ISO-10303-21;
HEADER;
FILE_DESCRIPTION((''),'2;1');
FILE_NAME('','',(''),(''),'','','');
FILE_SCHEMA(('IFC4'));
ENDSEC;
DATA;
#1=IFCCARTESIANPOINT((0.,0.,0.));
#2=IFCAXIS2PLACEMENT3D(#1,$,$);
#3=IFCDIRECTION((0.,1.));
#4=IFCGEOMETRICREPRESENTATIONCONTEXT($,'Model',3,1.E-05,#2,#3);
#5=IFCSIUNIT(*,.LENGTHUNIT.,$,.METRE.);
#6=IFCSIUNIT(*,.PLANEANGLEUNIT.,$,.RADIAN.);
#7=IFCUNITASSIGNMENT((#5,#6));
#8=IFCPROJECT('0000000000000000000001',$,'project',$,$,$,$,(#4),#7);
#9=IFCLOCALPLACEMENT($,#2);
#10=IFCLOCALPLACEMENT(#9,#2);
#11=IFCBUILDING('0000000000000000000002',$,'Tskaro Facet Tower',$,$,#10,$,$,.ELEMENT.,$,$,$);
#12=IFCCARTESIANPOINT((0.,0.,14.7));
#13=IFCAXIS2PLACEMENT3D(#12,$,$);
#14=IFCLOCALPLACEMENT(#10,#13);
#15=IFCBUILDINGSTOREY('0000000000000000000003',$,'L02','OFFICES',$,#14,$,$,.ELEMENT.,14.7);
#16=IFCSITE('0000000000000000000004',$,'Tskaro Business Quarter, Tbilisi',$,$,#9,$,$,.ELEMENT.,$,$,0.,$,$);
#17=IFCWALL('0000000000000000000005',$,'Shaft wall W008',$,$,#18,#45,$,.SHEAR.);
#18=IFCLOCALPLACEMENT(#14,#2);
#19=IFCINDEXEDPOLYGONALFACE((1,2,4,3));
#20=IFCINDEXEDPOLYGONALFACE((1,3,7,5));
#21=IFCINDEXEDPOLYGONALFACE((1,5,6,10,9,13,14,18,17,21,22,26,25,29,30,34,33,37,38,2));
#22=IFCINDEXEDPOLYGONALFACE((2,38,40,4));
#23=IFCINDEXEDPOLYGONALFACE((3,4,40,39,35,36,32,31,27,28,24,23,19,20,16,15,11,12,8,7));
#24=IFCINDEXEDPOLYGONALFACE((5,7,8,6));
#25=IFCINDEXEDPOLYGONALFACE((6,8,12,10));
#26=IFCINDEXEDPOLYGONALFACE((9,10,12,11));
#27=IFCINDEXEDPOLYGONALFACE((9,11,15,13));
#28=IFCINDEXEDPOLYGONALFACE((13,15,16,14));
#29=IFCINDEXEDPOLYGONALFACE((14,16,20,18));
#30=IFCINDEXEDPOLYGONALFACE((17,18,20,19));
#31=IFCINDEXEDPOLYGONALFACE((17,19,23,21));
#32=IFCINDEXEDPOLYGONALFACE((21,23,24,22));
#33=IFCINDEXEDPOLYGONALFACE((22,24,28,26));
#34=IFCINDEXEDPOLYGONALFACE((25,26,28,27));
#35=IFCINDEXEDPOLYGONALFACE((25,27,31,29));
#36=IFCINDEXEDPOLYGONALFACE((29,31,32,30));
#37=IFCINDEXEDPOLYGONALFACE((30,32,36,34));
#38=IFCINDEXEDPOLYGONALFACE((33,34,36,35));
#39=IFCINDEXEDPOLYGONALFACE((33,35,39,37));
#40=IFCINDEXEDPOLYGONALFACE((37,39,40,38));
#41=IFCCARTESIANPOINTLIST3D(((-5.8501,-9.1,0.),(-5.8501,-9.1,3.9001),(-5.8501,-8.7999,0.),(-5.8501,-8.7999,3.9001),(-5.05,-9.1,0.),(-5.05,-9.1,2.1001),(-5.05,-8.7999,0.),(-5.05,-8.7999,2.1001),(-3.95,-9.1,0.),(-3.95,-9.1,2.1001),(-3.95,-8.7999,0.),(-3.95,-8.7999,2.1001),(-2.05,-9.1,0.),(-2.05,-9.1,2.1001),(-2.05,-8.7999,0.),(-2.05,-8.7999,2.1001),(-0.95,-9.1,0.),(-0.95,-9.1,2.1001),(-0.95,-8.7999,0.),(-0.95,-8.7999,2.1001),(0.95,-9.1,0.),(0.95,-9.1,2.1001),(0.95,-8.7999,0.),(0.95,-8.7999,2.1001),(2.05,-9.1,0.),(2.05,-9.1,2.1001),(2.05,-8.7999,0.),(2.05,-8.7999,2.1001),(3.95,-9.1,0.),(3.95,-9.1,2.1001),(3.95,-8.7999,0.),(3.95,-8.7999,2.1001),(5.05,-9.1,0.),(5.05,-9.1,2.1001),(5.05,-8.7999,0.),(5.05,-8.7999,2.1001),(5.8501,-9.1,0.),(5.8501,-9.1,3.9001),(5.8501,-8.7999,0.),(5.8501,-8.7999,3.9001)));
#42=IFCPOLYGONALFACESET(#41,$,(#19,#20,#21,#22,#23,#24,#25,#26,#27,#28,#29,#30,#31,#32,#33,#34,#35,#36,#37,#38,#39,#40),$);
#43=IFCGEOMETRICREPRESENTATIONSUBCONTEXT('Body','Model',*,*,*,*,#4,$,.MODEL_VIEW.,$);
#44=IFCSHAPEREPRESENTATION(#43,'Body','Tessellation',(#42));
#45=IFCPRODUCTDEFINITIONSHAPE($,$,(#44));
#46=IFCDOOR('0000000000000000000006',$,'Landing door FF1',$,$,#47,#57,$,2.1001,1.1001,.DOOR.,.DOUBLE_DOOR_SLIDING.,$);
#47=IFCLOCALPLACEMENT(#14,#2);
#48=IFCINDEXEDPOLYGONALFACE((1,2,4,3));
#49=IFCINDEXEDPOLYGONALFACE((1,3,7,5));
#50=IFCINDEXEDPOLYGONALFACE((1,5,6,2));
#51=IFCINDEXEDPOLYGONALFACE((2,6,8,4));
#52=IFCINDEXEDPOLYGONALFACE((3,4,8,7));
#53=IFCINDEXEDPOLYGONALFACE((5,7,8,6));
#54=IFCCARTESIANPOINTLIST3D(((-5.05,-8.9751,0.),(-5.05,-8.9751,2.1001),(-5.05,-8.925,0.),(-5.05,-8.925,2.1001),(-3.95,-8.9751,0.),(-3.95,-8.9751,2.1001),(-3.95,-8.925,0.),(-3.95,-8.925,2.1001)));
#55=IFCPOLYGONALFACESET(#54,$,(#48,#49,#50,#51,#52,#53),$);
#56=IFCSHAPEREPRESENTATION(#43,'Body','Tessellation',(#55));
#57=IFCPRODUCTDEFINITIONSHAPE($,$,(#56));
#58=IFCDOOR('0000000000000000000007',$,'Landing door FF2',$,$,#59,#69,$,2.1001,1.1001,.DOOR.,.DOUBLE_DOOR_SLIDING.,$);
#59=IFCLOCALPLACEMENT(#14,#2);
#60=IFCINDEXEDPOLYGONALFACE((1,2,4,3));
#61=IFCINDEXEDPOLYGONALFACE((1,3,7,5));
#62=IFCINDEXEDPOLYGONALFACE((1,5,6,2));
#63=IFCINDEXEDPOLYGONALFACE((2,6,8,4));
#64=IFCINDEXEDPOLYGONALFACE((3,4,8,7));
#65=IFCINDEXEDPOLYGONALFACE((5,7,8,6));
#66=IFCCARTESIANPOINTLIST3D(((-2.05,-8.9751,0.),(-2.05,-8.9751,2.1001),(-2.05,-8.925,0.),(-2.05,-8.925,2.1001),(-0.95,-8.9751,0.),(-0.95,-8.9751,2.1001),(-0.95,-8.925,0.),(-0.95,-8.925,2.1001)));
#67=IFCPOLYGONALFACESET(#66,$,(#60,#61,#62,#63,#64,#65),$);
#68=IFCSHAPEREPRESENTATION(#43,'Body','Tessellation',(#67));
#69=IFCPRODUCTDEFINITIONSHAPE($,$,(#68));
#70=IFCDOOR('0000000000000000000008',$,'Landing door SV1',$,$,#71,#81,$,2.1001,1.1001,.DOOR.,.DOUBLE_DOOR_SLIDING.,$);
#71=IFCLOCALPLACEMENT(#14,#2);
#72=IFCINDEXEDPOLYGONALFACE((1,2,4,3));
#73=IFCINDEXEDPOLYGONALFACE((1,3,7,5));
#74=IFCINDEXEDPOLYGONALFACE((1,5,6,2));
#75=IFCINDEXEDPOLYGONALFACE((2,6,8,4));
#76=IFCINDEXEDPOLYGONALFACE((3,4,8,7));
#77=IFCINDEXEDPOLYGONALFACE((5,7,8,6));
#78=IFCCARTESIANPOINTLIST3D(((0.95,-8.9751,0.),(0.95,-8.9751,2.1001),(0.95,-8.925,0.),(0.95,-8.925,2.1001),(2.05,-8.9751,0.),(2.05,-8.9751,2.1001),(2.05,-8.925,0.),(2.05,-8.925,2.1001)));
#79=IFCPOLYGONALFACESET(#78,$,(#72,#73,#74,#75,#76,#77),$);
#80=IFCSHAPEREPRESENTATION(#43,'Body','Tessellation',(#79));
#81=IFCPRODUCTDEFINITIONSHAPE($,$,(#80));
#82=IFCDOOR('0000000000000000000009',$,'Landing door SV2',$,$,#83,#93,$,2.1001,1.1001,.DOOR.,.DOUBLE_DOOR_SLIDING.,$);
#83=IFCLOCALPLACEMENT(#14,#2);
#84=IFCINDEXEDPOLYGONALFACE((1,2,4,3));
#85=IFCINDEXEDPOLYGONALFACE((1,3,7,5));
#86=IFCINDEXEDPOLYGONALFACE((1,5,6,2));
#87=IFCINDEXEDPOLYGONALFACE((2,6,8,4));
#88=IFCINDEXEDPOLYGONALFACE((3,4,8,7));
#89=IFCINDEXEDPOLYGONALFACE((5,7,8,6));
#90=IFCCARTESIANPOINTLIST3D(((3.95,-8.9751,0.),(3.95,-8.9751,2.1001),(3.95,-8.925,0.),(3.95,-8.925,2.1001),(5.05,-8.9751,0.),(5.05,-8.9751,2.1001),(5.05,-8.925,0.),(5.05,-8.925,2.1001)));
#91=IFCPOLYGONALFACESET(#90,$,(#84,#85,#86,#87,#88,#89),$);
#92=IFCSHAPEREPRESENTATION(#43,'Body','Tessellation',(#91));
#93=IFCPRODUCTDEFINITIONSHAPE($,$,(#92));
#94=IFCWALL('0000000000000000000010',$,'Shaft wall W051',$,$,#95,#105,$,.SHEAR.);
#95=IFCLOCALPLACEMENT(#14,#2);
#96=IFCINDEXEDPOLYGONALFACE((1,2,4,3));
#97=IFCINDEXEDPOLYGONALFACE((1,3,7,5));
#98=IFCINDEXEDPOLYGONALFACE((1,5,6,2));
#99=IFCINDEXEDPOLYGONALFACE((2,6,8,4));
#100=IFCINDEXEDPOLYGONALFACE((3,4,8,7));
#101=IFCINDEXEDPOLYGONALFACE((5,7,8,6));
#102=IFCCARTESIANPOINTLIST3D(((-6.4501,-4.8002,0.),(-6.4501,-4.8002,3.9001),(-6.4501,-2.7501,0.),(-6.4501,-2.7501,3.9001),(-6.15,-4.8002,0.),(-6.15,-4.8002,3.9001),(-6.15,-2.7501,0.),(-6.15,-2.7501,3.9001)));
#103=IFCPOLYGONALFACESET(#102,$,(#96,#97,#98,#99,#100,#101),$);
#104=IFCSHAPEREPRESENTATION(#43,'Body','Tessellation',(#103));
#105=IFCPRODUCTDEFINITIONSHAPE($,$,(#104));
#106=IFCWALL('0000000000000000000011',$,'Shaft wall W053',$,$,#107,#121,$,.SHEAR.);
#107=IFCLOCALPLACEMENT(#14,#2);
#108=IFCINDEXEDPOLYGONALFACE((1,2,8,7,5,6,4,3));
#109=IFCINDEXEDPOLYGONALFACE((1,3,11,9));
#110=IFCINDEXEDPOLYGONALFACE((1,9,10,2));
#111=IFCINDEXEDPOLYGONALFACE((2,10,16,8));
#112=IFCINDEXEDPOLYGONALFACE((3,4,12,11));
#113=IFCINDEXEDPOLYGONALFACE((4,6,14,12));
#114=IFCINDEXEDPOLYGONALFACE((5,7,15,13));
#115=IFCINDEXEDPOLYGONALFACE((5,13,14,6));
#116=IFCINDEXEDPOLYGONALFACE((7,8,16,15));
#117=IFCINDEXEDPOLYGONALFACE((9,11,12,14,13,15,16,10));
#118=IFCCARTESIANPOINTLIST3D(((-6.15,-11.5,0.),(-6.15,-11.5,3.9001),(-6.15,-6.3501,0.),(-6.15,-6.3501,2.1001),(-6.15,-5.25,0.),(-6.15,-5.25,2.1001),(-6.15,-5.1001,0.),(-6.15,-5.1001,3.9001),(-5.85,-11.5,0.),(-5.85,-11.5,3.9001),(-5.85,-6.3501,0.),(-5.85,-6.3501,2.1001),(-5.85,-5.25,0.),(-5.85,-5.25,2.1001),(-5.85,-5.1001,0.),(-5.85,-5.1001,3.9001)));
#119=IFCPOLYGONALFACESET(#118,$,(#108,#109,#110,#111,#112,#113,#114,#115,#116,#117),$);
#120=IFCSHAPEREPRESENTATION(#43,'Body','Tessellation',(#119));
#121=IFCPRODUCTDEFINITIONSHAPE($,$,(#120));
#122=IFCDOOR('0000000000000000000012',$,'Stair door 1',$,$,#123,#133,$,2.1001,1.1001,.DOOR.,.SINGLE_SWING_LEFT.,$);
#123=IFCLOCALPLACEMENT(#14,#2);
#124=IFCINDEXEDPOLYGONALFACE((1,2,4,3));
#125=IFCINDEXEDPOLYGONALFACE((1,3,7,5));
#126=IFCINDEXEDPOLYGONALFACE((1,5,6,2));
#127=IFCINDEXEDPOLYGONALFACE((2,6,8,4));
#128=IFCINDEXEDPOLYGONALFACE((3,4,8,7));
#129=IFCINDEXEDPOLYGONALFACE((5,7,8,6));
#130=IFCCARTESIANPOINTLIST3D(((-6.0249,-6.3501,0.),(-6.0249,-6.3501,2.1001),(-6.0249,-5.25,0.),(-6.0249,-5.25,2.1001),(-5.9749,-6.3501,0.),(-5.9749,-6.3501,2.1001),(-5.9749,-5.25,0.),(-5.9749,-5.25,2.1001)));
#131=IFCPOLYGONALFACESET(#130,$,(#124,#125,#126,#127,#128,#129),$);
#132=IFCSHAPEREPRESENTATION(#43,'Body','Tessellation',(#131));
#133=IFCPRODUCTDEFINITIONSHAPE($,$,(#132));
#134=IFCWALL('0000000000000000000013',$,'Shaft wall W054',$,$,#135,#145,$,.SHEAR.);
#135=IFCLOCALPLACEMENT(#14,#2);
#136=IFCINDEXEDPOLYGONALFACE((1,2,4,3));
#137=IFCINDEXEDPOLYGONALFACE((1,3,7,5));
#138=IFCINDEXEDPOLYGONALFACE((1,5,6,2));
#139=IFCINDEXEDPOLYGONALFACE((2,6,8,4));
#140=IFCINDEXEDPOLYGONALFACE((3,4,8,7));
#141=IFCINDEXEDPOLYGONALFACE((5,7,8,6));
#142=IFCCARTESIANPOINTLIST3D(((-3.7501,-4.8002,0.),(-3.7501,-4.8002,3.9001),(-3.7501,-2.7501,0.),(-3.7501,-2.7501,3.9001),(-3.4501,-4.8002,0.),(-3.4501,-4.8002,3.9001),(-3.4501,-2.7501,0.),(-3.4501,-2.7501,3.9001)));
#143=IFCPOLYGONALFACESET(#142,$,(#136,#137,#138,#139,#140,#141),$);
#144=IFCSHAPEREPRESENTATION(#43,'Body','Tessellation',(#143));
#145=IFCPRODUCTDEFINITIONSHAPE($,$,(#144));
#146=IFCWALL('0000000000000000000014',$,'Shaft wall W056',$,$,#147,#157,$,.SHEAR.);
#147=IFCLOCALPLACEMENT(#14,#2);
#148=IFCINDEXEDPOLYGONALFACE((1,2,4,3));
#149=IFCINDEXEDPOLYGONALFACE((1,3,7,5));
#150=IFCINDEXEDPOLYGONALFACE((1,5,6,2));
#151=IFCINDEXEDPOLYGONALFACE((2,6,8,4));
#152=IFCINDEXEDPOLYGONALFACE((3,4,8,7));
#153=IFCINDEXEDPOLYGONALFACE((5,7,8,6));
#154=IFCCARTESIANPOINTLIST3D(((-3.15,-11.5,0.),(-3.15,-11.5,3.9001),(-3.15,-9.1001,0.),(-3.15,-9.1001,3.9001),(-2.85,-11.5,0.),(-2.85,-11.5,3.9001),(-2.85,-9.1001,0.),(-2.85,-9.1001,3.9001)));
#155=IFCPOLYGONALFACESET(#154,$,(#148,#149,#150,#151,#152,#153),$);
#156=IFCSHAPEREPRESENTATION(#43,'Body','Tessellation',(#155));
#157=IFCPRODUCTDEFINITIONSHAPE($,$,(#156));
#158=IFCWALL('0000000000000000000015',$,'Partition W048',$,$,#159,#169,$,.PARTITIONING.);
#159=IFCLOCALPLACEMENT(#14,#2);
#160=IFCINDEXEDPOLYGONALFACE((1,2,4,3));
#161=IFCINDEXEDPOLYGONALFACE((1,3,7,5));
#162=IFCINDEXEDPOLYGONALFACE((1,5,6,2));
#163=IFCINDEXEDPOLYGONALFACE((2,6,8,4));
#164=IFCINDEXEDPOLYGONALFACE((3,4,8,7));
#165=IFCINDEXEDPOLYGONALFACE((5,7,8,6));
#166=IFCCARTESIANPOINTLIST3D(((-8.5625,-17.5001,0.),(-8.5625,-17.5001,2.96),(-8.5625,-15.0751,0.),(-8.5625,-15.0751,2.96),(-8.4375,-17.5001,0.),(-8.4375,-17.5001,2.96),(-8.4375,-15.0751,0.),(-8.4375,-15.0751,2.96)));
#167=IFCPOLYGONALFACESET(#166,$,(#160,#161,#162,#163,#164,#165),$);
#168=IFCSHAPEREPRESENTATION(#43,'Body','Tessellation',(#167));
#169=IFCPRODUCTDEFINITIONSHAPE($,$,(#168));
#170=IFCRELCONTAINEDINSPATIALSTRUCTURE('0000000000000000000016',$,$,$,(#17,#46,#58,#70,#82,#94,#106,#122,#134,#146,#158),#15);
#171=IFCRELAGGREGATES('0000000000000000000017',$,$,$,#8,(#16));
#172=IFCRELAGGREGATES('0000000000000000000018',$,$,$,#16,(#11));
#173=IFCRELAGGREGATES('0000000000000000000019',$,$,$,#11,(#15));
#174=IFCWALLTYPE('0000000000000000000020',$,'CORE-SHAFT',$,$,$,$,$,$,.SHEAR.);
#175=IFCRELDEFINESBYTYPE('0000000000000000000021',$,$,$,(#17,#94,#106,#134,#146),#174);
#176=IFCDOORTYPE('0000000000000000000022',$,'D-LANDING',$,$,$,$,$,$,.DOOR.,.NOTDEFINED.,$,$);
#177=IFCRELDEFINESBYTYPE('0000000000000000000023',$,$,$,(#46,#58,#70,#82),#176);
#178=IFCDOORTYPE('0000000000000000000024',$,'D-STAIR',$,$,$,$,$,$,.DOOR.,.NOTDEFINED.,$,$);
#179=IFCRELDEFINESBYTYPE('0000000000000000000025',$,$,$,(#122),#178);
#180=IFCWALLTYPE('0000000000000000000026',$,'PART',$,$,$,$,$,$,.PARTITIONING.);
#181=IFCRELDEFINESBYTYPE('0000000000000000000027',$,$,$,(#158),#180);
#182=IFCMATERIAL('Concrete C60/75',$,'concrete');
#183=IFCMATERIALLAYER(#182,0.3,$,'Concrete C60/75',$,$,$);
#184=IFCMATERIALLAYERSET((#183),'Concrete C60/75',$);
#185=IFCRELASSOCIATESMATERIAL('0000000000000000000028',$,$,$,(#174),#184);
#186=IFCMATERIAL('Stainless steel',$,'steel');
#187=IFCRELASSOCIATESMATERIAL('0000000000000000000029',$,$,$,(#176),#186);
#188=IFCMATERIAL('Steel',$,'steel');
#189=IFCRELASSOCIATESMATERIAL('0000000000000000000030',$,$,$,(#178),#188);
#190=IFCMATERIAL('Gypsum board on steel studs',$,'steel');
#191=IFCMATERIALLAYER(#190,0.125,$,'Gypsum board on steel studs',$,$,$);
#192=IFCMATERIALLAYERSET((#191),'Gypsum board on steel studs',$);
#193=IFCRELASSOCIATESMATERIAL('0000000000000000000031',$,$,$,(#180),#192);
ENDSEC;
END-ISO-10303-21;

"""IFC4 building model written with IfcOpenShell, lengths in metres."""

from ifc_helpers import new_model, si_unit, direction, frame, frame_2d, origin, place, context, subcontext, project, spatial, rectangle, extrude, material, layer, layer_set, type_object, element, fill, save


model = new_model("IFC4")

# Units and contexts
model_context = context("Model", 3, precision=1e-05, world=origin(), true_north=direction((0.0, 1.0)))
body_context = subcontext(model_context, "Body", "Model", "MODEL_VIEW")
ifc_project = project(units=[si_unit("LENGTHUNIT", "METRE"), si_unit("PLANEANGLEUNIT", "RADIAN")], contexts=[model_context])

# Site, building, storey
site_placement = place(None, origin())
site = spatial("IfcSite", under=ifc_project, at=site_placement, Name="Tskaro Business Quarter, Tbilisi", CompositionType="ELEMENT", RefElevation=0.0)
building_placement = place(site_placement, origin())
building = spatial("IfcBuilding", under=site, at=building_placement, Name="Tskaro Facet Tower", CompositionType="ELEMENT")
storey_placement = place(building_placement, frame((0.0, 0.0, 14.7)))
storey = spatial("IfcBuildingStorey", under=building, at=storey_placement, Name="L02", Description="OFFICES", CompositionType="ELEMENT", Elevation=14.7)

# Wall, openings, doors
ifc_material_1 = material(Name="Concrete C60/75", Category="concrete")
ifc_layer_1 = layer(ifc_material_1, 0.3, Name="Concrete C60/75")
ifc_layer_set_1 = layer_set([ifc_layer_1], Name="Concrete C60/75")
wall_type_1 = type_object("IfcWallType", Name="CORE-SHAFT", PredefinedType="SHEAR", material=ifc_layer_set_1)
wall_1_placement = place(storey_placement, frame((-5.8501, -8.95, 0.0), z_axis=(0.0, 0.0, 1.0), x_axis=(1.0, 0.0, 0.0)))
wall_1 = element("IfcWall", 1, at=wall_1_placement, inside=storey, type_object=wall_type_1, Name="Shaft wall W008", PredefinedType="SHEAR", context=body_context, shape_type="SweptSolid", body=[
    extrude(rectangle(XDim=11.7002, YDim=0.3, at=frame_2d((5.8501, 0.0))), origin(), (0.0, 0.0, 1.0), 3.9001),
])
opening_1_placement = place(wall_1_placement, frame((0.8, 0.0, 0.0)))
opening_1 = element("IfcOpeningElement", 2, at=opening_1_placement, cuts=wall_1, PredefinedType="OPENING", context=body_context, shape_type="SweptSolid", body=[
    extrude(rectangle(XDim=1.1001, YDim=2.1001, at=frame_2d((0.55, 1.05))), frame((0.0, 0.1599, 0.0), z_axis=(0.0, -1.0, 0.0), x_axis=(1.0, 0.0, 0.0)), (0.0, 0.0, 1.0), 0.3201),
])
opening_2_placement = place(wall_1_placement, frame((3.8, 0.0, 0.0)))
opening_2 = element("IfcOpeningElement", 3, at=opening_2_placement, cuts=wall_1, PredefinedType="OPENING", context=body_context, shape_type="SweptSolid", body=[
    extrude(rectangle(XDim=1.1001, YDim=2.1001, at=frame_2d((0.55, 1.05))), frame((0.0, 0.1599, 0.0), z_axis=(0.0, -1.0, 0.0), x_axis=(1.0, 0.0, 0.0)), (0.0, 0.0, 1.0), 0.3201),
])
opening_3_placement = place(wall_1_placement, frame((6.8, 0.0, 0.0)))
opening_3 = element("IfcOpeningElement", 4, at=opening_3_placement, cuts=wall_1, PredefinedType="OPENING", context=body_context, shape_type="SweptSolid", body=[
    extrude(rectangle(XDim=1.1001, YDim=2.1001, at=frame_2d((0.55, 1.05))), frame((0.0, 0.1599, 0.0), z_axis=(0.0, -1.0, 0.0), x_axis=(1.0, 0.0, 0.0)), (0.0, 0.0, 1.0), 0.3201),
])
opening_4_placement = place(wall_1_placement, frame((9.8, 0.0, 0.0)))
opening_4 = element("IfcOpeningElement", 5, at=opening_4_placement, cuts=wall_1, PredefinedType="OPENING", context=body_context, shape_type="SweptSolid", body=[
    extrude(rectangle(XDim=1.1001, YDim=2.1001, at=frame_2d((0.55, 1.05))), frame((0.0, 0.1599, 0.0), z_axis=(0.0, -1.0, 0.0), x_axis=(1.0, 0.0, 0.0)), (0.0, 0.0, 1.0), 0.3201),
])
ifc_material_2 = material(Name="Stainless steel", Category="steel")
door_type_1 = type_object("IfcDoorType", Name="D-LANDING", OperationType="NOTDEFINED", PredefinedType="DOOR", material=ifc_material_2)
door_1_placement = place(opening_1_placement, origin())
door_1 = element("IfcDoor", 6, at=door_1_placement, inside=storey, type_object=door_type_1, Name="Landing door FF1", OperationType="DOUBLE_DOOR_SLIDING", OverallHeight=2.1001, OverallWidth=1.1001, PredefinedType="DOOR", context=body_context, shape_type="SweptSolid", body=[
    extrude(rectangle(XDim=1.1001, YDim=2.1001, at=frame_2d((0.55, 1.05))), frame((0.0, 0.0249, 0.0), z_axis=(0.0, -1.0, 0.0), x_axis=(1.0, 0.0, 0.0)), (0.0, 0.0, 1.0), 0.05),
])
fill(opening_1, door_1)
door_2_placement = place(opening_2_placement, origin())
door_2 = element("IfcDoor", 7, at=door_2_placement, inside=storey, type_object=door_type_1, Name="Landing door FF2", OperationType="DOUBLE_DOOR_SLIDING", OverallHeight=2.1001, OverallWidth=1.1001, PredefinedType="DOOR", context=body_context, shape_type="SweptSolid", body=[
    extrude(rectangle(XDim=1.1001, YDim=2.1001, at=frame_2d((0.55, 1.05))), frame((0.0, 0.0249, 0.0), z_axis=(0.0, -1.0, 0.0), x_axis=(1.0, 0.0, 0.0)), (0.0, 0.0, 1.0), 0.05),
])
fill(opening_2, door_2)
door_3_placement = place(opening_3_placement, origin())
door_3 = element("IfcDoor", 8, at=door_3_placement, inside=storey, type_object=door_type_1, Name="Landing door SV1", OperationType="DOUBLE_DOOR_SLIDING", OverallHeight=2.1001, OverallWidth=1.1001, PredefinedType="DOOR", context=body_context, shape_type="SweptSolid", body=[
    extrude(rectangle(XDim=1.1001, YDim=2.1001, at=frame_2d((0.55, 1.05))), frame((0.0, 0.0249, 0.0), z_axis=(0.0, -1.0, 0.0), x_axis=(1.0, 0.0, 0.0)), (0.0, 0.0, 1.0), 0.05),
])
fill(opening_3, door_3)
door_4_placement = place(opening_4_placement, origin())
door_4 = element("IfcDoor", 9, at=door_4_placement, inside=storey, type_object=door_type_1, Name="Landing door SV2", OperationType="DOUBLE_DOOR_SLIDING", OverallHeight=2.1001, OverallWidth=1.1001, PredefinedType="DOOR", context=body_context, shape_type="SweptSolid", body=[
    extrude(rectangle(XDim=1.1001, YDim=2.1001, at=frame_2d((0.55, 1.05))), frame((0.0, 0.0249, 0.0), z_axis=(0.0, -1.0, 0.0), x_axis=(1.0, 0.0, 0.0)), (0.0, 0.0, 1.0), 0.05),
])
fill(opening_4, door_4)

# Wall
wall_2_placement = place(storey_placement, frame((-6.3, -4.8, 0.0), z_axis=(0.0, 0.0, 1.0), x_axis=(0.0, 1.0, 0.0)))
element("IfcWall", 10, at=wall_2_placement, inside=storey, type_object=wall_type_1, Name="Shaft wall W051", PredefinedType="SHEAR", context=body_context, shape_type="SweptSolid", body=[
    extrude(rectangle(XDim=2.05, YDim=0.3, at=frame_2d((1.0249, 0.0))), origin(), (0.0, 0.0, 1.0), 3.9001),
])

# Wall, opening, door
wall_3_placement = place(storey_placement, frame((-6.0, -11.5, 0.0), z_axis=(0.0, 0.0, 1.0), x_axis=(0.0, 1.0, 0.0)))
wall_3 = element("IfcWall", 11, at=wall_3_placement, inside=storey, type_object=wall_type_1, Name="Shaft wall W053", PredefinedType="SHEAR", context=body_context, shape_type="SweptSolid", body=[
    extrude(rectangle(XDim=6.3999, YDim=0.3, at=frame_2d((3.2, 0.0))), origin(), (0.0, 0.0, 1.0), 3.9001),
])
opening_5_placement = place(wall_3_placement, frame((5.1499, 0.0, 0.0)))
opening_5 = element("IfcOpeningElement", 12, at=opening_5_placement, cuts=wall_3, PredefinedType="OPENING", context=body_context, shape_type="SweptSolid", body=[
    extrude(rectangle(XDim=1.1001, YDim=2.1001, at=frame_2d((0.55, 1.05))), frame((0.0, 0.1599, 0.0), z_axis=(0.0, -1.0, 0.0), x_axis=(1.0, 0.0, 0.0)), (0.0, 0.0, 1.0), 0.3201),
])
ifc_material_3 = material(Name="Steel", Category="steel")
door_type_2 = type_object("IfcDoorType", Name="D-STAIR", OperationType="NOTDEFINED", PredefinedType="DOOR", material=ifc_material_3)
door_5_placement = place(opening_5_placement, origin())
door_5 = element("IfcDoor", 13, at=door_5_placement, inside=storey, type_object=door_type_2, Name="Stair door 1", OperationType="SINGLE_SWING_LEFT", OverallHeight=2.1001, OverallWidth=1.1001, PredefinedType="DOOR", context=body_context, shape_type="SweptSolid", body=[
    extrude(rectangle(XDim=1.1001, YDim=2.1001, at=frame_2d((0.55, 1.05))), frame((0.0, 0.0249, 0.0), z_axis=(0.0, -1.0, 0.0), x_axis=(1.0, 0.0, 0.0)), (0.0, 0.0, 1.0), 0.05),
])
fill(opening_5, door_5)

# Walls
wall_4_placement = place(storey_placement, frame((-3.6001, -4.8, 0.0), z_axis=(0.0, 0.0, 1.0), x_axis=(0.0, 1.0, 0.0)))
element("IfcWall", 14, at=wall_4_placement, inside=storey, type_object=wall_type_1, Name="Shaft wall W054", PredefinedType="SHEAR", context=body_context, shape_type="SweptSolid", body=[
    extrude(rectangle(XDim=2.05, YDim=0.3, at=frame_2d((1.0249, 0.0))), origin(), (0.0, 0.0, 1.0), 3.9001),
])
wall_5_placement = place(storey_placement, frame((-3.0, -11.5, 0.0), z_axis=(0.0, 0.0, 1.0), x_axis=(0.0, 1.0, 0.0)))
element("IfcWall", 15, at=wall_5_placement, inside=storey, type_object=wall_type_1, Name="Shaft wall W056", PredefinedType="SHEAR", context=body_context, shape_type="SweptSolid", body=[
    extrude(rectangle(XDim=2.3999, YDim=0.3, at=frame_2d((1.2, 0.0))), origin(), (0.0, 0.0, 1.0), 3.9001),
])
ifc_material_4 = material(Name="Gypsum board on steel studs", Category="steel")
ifc_layer_2 = layer(ifc_material_4, 0.125, Name="Gypsum board on steel studs")
ifc_layer_set_2 = layer_set([ifc_layer_2], Name="Gypsum board on steel studs")
wall_type_2 = type_object("IfcWallType", Name="PART", PredefinedType="PARTITIONING", material=ifc_layer_set_2)
wall_6_placement = place(storey_placement, frame((-8.5, -17.5, 0.0), z_axis=(0.0, 0.0, 1.0), x_axis=(0.0, 1.0, 0.0)))
element("IfcWall", 16, at=wall_6_placement, inside=storey, type_object=wall_type_2, Name="Partition W048", PredefinedType="PARTITIONING", context=body_context, shape_type="SweptSolid", body=[
    extrude(rectangle(XDim=2.425, YDim=0.125, at=frame_2d((1.2124, 0.0))), origin(), (0.0, 0.0, 1.0), 2.96),
])

save(model, "model.ifc")
